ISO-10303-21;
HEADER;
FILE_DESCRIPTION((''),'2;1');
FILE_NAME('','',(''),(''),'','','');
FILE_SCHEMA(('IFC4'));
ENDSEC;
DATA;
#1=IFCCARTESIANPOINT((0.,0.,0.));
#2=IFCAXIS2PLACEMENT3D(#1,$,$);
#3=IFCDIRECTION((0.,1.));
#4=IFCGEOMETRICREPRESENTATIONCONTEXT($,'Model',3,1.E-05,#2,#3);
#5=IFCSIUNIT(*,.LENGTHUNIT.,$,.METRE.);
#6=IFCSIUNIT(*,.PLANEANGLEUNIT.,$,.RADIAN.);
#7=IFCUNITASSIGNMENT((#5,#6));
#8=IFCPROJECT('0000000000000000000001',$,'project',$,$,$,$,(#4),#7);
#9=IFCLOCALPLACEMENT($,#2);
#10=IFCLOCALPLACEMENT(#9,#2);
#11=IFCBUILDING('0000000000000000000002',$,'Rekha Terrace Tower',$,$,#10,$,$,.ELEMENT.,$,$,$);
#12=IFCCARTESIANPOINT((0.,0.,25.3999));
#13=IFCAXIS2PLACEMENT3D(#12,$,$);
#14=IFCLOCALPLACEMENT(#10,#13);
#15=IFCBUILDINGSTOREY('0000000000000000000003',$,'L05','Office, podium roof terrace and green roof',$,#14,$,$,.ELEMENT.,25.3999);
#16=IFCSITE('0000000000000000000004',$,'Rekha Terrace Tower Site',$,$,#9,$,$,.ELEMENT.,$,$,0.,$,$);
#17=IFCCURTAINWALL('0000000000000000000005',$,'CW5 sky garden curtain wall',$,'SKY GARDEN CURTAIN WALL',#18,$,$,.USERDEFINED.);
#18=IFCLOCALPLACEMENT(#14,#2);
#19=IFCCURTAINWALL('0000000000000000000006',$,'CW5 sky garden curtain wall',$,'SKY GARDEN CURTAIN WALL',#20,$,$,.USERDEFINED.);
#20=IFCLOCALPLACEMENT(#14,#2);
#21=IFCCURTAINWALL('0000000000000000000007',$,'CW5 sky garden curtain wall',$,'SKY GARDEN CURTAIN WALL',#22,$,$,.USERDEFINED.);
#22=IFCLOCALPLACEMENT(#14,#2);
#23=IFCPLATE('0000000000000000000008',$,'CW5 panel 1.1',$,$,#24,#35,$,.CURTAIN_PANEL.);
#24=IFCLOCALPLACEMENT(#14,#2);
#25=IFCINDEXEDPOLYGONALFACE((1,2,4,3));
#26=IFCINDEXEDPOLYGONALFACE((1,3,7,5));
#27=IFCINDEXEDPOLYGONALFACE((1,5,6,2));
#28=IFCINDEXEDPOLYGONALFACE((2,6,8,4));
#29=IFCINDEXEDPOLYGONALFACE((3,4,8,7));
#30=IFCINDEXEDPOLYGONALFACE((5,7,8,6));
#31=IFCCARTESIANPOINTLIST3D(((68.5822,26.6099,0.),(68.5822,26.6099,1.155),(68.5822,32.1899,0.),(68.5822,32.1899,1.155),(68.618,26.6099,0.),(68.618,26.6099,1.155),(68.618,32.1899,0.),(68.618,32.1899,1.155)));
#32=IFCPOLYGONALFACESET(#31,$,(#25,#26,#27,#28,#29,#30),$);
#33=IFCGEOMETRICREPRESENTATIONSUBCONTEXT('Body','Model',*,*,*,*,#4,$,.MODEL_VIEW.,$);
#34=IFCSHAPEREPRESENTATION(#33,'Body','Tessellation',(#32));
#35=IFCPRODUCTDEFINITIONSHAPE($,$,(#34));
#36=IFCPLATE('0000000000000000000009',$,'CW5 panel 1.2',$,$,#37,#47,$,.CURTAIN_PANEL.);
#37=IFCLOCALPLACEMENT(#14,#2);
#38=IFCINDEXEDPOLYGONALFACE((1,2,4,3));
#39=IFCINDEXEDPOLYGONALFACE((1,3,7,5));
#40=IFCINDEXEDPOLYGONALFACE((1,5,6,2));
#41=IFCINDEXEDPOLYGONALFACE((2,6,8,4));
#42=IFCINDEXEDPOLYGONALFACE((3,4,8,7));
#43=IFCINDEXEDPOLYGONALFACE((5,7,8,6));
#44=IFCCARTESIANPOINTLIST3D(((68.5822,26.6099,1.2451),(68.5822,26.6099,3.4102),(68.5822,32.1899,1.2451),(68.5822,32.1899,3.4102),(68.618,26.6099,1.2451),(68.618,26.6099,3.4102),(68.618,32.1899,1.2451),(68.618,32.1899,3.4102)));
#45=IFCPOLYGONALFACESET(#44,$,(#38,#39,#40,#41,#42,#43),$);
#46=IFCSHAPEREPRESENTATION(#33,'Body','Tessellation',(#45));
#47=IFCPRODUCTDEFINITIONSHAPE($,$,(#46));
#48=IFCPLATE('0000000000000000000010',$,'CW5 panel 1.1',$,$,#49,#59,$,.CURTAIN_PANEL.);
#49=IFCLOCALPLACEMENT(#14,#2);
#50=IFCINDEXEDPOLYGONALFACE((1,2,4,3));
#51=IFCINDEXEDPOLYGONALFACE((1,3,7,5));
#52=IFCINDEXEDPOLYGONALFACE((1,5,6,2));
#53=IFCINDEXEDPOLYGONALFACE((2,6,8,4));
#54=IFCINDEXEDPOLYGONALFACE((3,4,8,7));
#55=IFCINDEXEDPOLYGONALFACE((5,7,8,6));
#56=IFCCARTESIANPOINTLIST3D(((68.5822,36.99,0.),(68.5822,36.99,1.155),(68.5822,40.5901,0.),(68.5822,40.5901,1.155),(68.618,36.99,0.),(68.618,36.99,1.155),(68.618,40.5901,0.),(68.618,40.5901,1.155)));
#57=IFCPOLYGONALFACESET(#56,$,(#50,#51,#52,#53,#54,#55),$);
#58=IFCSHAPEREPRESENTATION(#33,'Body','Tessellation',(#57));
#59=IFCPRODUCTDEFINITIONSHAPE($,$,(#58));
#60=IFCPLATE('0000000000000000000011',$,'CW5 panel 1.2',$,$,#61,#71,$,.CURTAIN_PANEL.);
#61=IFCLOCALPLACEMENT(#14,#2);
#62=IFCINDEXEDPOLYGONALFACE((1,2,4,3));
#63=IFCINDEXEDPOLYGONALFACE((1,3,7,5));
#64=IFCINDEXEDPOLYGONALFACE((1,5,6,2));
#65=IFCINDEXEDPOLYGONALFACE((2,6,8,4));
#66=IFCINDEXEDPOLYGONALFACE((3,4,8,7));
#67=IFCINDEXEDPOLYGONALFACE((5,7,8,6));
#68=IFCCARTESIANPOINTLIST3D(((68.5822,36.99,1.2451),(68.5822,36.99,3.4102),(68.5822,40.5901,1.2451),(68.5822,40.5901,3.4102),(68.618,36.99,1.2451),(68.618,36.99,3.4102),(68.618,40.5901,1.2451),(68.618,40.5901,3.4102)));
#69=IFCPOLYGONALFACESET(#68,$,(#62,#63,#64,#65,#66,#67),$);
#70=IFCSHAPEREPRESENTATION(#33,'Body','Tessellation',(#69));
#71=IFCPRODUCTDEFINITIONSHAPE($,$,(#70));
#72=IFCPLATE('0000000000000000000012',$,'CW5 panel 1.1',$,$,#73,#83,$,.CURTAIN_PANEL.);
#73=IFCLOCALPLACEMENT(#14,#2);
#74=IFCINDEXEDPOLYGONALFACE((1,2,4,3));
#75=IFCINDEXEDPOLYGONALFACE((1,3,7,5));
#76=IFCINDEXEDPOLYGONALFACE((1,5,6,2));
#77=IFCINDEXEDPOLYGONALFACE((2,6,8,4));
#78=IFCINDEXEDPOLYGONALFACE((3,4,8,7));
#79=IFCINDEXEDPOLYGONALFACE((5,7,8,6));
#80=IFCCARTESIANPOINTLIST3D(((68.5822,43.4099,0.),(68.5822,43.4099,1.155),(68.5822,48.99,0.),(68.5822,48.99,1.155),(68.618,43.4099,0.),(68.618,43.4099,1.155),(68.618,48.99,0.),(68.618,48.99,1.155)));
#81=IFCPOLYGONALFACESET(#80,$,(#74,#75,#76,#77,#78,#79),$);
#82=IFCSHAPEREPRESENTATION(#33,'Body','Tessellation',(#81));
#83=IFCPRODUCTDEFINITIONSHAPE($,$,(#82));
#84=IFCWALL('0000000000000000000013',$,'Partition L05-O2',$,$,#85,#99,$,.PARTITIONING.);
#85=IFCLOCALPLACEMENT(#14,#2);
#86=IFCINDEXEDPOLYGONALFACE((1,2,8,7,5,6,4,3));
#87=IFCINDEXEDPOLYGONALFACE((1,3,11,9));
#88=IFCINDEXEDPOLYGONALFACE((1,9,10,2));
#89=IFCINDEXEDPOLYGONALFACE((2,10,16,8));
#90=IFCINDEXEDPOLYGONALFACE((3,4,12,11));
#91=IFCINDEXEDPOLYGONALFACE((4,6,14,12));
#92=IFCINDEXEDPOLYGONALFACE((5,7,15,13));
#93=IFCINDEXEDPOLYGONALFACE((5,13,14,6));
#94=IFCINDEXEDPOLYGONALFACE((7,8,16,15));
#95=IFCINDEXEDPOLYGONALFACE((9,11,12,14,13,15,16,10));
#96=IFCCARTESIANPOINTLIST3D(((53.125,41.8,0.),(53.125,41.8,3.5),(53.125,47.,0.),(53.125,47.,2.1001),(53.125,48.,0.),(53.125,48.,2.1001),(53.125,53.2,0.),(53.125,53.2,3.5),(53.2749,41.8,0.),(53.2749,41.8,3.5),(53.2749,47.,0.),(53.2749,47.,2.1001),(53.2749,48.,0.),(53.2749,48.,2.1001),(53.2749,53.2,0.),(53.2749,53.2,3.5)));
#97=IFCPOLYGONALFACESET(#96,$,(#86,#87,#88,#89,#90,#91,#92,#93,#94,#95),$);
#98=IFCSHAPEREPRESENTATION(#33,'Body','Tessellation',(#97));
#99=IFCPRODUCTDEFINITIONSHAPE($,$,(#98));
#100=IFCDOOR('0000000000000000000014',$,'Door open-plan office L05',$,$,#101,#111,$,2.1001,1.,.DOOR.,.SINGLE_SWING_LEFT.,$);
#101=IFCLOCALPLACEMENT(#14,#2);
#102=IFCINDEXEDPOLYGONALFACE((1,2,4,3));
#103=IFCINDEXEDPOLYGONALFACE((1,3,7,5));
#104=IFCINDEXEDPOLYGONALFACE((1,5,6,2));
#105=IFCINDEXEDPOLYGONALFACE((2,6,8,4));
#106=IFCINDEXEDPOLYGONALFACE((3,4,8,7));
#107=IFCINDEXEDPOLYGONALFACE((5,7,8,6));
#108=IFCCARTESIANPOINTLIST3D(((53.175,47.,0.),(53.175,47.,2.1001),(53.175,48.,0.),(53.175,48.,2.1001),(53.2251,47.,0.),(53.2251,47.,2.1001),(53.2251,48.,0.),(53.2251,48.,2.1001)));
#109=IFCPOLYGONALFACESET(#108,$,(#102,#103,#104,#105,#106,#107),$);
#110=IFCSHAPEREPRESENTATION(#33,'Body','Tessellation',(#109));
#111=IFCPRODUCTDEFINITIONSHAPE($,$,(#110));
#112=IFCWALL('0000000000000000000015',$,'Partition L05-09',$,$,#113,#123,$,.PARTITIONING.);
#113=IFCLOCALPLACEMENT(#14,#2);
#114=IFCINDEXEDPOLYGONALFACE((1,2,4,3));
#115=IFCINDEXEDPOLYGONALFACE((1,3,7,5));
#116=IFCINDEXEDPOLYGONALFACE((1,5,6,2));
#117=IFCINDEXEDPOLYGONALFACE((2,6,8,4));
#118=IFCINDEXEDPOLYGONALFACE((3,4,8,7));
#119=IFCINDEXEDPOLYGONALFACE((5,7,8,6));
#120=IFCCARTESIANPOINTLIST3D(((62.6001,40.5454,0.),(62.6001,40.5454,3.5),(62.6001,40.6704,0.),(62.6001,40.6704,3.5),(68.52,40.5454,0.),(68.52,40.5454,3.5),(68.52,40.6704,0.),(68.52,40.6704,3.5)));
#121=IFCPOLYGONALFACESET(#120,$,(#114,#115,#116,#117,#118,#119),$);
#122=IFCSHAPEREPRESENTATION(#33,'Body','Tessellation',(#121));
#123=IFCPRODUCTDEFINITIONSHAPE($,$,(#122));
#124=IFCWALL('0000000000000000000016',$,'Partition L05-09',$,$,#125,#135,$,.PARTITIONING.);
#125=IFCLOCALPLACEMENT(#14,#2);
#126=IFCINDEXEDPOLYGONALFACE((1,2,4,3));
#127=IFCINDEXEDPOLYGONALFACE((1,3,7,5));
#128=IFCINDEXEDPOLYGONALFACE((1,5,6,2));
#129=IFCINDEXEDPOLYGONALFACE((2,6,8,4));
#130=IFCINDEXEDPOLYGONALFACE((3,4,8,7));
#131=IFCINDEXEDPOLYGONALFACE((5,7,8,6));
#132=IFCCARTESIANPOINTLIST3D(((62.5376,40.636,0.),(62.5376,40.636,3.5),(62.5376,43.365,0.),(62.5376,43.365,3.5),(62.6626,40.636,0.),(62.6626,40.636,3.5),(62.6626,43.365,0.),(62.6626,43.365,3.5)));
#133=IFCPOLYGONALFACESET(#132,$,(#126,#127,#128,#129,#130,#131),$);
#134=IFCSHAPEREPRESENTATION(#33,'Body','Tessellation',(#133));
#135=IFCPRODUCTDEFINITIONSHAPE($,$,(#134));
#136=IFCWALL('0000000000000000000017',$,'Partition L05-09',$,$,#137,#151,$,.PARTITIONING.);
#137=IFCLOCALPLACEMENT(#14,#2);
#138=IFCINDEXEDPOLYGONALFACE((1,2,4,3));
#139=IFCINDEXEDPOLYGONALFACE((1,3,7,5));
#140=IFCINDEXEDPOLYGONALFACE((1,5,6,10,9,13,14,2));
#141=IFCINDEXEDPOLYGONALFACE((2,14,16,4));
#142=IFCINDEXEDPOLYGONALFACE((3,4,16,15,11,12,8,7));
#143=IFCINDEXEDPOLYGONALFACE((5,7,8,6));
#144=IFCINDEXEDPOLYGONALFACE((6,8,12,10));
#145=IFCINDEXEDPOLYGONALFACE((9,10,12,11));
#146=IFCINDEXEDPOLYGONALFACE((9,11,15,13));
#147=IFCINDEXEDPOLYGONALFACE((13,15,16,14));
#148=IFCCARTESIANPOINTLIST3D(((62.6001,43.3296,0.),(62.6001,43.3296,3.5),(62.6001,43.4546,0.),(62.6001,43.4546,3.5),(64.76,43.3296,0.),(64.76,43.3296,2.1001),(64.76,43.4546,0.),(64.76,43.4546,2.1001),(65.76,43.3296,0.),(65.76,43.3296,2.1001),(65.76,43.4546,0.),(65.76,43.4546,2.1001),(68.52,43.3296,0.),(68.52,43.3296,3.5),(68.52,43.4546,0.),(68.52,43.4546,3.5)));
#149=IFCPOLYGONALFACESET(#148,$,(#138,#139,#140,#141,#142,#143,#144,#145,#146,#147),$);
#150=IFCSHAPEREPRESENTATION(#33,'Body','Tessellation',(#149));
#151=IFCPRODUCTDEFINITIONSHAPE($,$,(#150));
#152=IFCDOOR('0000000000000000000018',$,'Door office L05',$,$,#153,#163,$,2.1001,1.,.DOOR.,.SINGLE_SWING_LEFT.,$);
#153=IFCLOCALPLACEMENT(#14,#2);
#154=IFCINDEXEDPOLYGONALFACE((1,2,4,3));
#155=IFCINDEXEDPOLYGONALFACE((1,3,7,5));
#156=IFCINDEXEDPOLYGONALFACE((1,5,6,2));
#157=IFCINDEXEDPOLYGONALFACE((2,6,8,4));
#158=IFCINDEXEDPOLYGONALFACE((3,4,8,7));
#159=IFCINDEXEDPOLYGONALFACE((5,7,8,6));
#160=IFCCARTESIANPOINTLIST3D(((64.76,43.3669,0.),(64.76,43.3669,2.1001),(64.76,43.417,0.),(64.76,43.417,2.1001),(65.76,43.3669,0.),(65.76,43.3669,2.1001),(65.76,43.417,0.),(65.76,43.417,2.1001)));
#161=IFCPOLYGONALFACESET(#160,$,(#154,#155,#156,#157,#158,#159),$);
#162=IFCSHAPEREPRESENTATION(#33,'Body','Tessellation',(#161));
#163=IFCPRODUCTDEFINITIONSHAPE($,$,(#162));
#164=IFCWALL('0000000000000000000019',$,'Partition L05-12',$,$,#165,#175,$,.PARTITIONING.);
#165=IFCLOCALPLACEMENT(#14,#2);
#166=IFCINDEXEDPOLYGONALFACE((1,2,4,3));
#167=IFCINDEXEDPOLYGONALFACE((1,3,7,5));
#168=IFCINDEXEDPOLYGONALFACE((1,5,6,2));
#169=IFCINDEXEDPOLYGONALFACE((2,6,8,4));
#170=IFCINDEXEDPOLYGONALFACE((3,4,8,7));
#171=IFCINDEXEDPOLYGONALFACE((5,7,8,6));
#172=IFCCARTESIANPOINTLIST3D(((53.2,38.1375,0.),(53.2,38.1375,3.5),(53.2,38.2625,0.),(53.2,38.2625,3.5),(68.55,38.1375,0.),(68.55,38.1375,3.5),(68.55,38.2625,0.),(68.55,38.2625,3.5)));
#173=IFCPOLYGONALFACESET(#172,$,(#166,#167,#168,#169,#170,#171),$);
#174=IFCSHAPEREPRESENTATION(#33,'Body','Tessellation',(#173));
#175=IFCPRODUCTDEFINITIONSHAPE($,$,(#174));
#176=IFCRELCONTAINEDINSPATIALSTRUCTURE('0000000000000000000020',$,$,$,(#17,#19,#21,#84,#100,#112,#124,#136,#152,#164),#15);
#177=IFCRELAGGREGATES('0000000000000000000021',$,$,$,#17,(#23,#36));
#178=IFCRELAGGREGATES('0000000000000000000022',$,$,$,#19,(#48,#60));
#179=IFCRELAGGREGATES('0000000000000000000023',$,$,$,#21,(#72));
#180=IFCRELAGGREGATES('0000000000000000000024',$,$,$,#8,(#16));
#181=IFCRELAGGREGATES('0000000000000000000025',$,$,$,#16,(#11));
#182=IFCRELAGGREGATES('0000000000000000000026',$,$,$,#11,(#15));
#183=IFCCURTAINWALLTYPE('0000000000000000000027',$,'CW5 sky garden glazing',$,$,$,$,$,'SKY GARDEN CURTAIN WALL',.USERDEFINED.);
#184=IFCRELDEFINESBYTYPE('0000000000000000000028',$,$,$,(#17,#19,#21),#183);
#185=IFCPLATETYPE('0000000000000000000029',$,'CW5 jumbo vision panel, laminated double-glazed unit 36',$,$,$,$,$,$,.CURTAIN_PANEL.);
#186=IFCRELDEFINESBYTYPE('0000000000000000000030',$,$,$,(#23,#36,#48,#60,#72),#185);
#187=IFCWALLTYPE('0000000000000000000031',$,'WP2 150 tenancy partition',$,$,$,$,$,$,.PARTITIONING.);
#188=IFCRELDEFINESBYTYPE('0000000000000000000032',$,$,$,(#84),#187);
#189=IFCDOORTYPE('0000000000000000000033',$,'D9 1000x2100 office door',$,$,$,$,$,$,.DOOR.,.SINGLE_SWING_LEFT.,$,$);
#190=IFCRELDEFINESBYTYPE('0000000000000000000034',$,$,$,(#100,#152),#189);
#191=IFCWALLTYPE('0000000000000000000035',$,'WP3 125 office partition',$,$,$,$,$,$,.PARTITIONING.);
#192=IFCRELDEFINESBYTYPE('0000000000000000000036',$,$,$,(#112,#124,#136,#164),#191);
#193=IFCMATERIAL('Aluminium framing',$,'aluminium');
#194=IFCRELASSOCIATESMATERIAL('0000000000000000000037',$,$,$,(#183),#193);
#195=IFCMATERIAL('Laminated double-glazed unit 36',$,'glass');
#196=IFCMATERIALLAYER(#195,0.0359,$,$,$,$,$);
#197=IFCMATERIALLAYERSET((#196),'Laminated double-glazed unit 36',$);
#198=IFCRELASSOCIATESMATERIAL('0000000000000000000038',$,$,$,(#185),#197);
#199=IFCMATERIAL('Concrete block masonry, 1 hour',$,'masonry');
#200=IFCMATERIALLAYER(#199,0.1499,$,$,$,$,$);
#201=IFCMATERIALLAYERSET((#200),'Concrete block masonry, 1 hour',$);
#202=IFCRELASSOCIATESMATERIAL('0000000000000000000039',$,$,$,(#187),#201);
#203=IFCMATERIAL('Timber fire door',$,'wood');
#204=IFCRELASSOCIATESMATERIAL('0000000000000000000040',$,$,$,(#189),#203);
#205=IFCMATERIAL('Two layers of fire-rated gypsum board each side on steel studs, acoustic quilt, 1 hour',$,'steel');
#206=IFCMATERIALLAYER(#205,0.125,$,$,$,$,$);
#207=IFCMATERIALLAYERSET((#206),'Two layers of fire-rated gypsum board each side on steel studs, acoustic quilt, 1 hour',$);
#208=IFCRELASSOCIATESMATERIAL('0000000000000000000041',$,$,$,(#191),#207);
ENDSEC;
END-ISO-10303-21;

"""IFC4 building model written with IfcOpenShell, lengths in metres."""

from ifc_helpers import new_model, si_unit, direction, frame, frame_2d, origin, origin_2d, place, context, subcontext, project, spatial, rectangle, extrude, material, layer, layer_set, type_object, element, fill, aggregate, save


model = new_model("IFC4")

# Units and contexts
model_context = context("Model", 3, precision=1e-05, world=origin(), true_north=direction((0.0, 1.0)))
body_context = subcontext(model_context, "Body", "Model", "MODEL_VIEW")
ifc_project = project(units=[si_unit("LENGTHUNIT", "METRE"), si_unit("PLANEANGLEUNIT", "RADIAN")], contexts=[model_context])

# Site, building, storey
site_placement = place(None, origin())
site = spatial("IfcSite", under=ifc_project, at=site_placement, Name="Rekha Terrace Tower Site", CompositionType="ELEMENT", RefElevation=0.0)
building_placement = place(site_placement, origin())
building = spatial("IfcBuilding", under=site, at=building_placement, Name="Rekha Terrace Tower", CompositionType="ELEMENT")
storey_placement = place(building_placement, frame((0.0, 0.0, 25.3999)))
storey = spatial("IfcBuildingStorey", under=building, at=storey_placement, Name="L05", Description="Office, podium roof terrace and green roof", CompositionType="ELEMENT", Elevation=25.3999)

# Curtain wall
ifc_material_1 = material(Name="Aluminium framing", Category="aluminium")
curtain_wall_type = type_object("IfcCurtainWallType", Name="CW5 sky garden glazing", ElementType="SKY GARDEN CURTAIN WALL", PredefinedType="USERDEFINED", material=ifc_material_1)
curtain_wall_1_placement = place(storey_placement, origin())
curtain_wall_1 = element("IfcCurtainWall", 1, at=curtain_wall_1_placement, inside=storey, type_object=curtain_wall_type, Name="CW5 sky garden curtain wall", ObjectType="SKY GARDEN CURTAIN WALL", PredefinedType="USERDEFINED")

# Curtain wall
curtain_wall_2_placement = place(storey_placement, origin())
curtain_wall_2 = element("IfcCurtainWall", 2, at=curtain_wall_2_placement, inside=storey, type_object=curtain_wall_type, Name="CW5 sky garden curtain wall", ObjectType="SKY GARDEN CURTAIN WALL", PredefinedType="USERDEFINED")

# Curtain wall
curtain_wall_3_placement = place(storey_placement, origin())
curtain_wall_3 = element("IfcCurtainWall", 3, at=curtain_wall_3_placement, inside=storey, type_object=curtain_wall_type, Name="CW5 sky garden curtain wall", ObjectType="SKY GARDEN CURTAIN WALL", PredefinedType="USERDEFINED")

# Plates
ifc_material_2 = material(Name="Laminated double-glazed unit 36", Category="glass")
ifc_layer_1 = layer(ifc_material_2, 0.0359)
ifc_layer_set_1 = layer_set([ifc_layer_1], Name="Laminated double-glazed unit 36")
plate_type = type_object("IfcPlateType", Name="CW5 jumbo vision panel, laminated double-glazed unit 36", PredefinedType="CURTAIN_PANEL", material=ifc_layer_set_1)
plate_1_placement = place(storey_placement, frame((68.6001, 29.3999, 0.0), z_axis=(0.0, 0.0, 1.0), x_axis=(0.0, 1.0, 0.0)))
plate_1 = element("IfcPlate", 4, at=plate_1_placement, type_object=plate_type, Name="CW5 panel 1.1", PredefinedType="CURTAIN_PANEL", context=body_context, shape_type="SweptSolid", body=[
    extrude(rectangle(XDim=5.5801, YDim=0.0359, at=origin_2d()), origin(), (0.0, 0.0, 1.0), 1.155),
])
plate_2_placement = place(storey_placement, frame((68.6001, 29.3999, 1.2451), z_axis=(0.0, 0.0, 1.0), x_axis=(0.0, 1.0, 0.0)))
plate_2 = element("IfcPlate", 5, at=plate_2_placement, type_object=plate_type, Name="CW5 panel 1.2", PredefinedType="CURTAIN_PANEL", context=body_context, shape_type="SweptSolid", body=[
    extrude(rectangle(XDim=5.5801, YDim=0.0359, at=origin_2d()), origin(), (0.0, 0.0, 1.0), 2.165),
])
aggregate(curtain_wall_1, [plate_1, plate_2])
plate_3_placement = place(storey_placement, frame((68.6001, 38.79, 0.0), z_axis=(0.0, 0.0, 1.0), x_axis=(0.0, 1.0, 0.0)))
plate_3 = element("IfcPlate", 6, at=plate_3_placement, type_object=plate_type, Name="CW5 panel 1.1", PredefinedType="CURTAIN_PANEL", context=body_context, shape_type="SweptSolid", body=[
    extrude(rectangle(XDim=3.6001, YDim=0.0359, at=origin_2d()), origin(), (0.0, 0.0, 1.0), 1.155),
])
plate_4_placement = place(storey_placement, frame((68.6001, 38.79, 1.2451), z_axis=(0.0, 0.0, 1.0), x_axis=(0.0, 1.0, 0.0)))
plate_4 = element("IfcPlate", 7, at=plate_4_placement, type_object=plate_type, Name="CW5 panel 1.2", PredefinedType="CURTAIN_PANEL", context=body_context, shape_type="SweptSolid", body=[
    extrude(rectangle(XDim=3.6001, YDim=0.0359, at=origin_2d()), origin(), (0.0, 0.0, 1.0), 2.165),
])
aggregate(curtain_wall_2, [plate_3, plate_4])
plate_5_placement = place(storey_placement, frame((68.6001, 46.2, 0.0), z_axis=(0.0, 0.0, 1.0), x_axis=(0.0, 1.0, 0.0)))
plate_5 = element("IfcPlate", 8, at=plate_5_placement, type_object=plate_type, Name="CW5 panel 1.1", PredefinedType="CURTAIN_PANEL", context=body_context, shape_type="SweptSolid", body=[
    extrude(rectangle(XDim=5.5801, YDim=0.0359, at=origin_2d()), origin(), (0.0, 0.0, 1.0), 1.155),
])
aggregate(curtain_wall_3, [plate_5])

# Wall, opening, door
ifc_material_3 = material(Name="Concrete block masonry, 1 hour", Category="masonry")
ifc_layer_2 = layer(ifc_material_3, 0.1499)
ifc_layer_set_2 = layer_set([ifc_layer_2], Name="Concrete block masonry, 1 hour")
wall_type_1 = type_object("IfcWallType", Name="WP2 150 tenancy partition", PredefinedType="PARTITIONING", material=ifc_layer_set_2)
wall_1_placement = place(storey_placement, frame((53.2, 41.8, 0.0), z_axis=(0.0, 0.0, 1.0), x_axis=(0.0, 1.0, 0.0)))
wall_1 = element("IfcWall", 9, at=wall_1_placement, inside=storey, type_object=wall_type_1, Name="Partition L05-O2", PredefinedType="PARTITIONING", context=body_context, shape_type="SweptSolid", body=[
    extrude(rectangle(XDim=11.3999, YDim=0.1499, at=frame_2d((5.7, 0.0))), origin(), (0.0, 0.0, 1.0), 3.5),
])
opening_1_placement = place(wall_1_placement, frame((5.2, 0.0, 0.0)))
opening_1 = element("IfcOpeningElement", 10, at=opening_1_placement, cuts=wall_1, PredefinedType="OPENING", context=body_context, shape_type="SweptSolid", body=[
    extrude(rectangle(XDim=1.0, YDim=2.1001, at=frame_2d((0.5, 1.05))), frame((0.0, 0.085, 0.0), z_axis=(0.0, -1.0, 0.0), x_axis=(1.0, 0.0, 0.0)), (0.0, 0.0, 1.0), 0.1699),
])
ifc_material_4 = material(Name="Timber fire door", Category="wood")
door_type_1 = type_object("IfcDoorType", Name="D9 1000x2100 office door", OperationType="SINGLE_SWING_LEFT", PredefinedType="DOOR", material=ifc_material_4)
door_1_placement = place(opening_1_placement, origin())
door_1 = element("IfcDoor", 11, at=door_1_placement, inside=storey, type_object=door_type_1, Name="Door open-plan office L05", OperationType="SINGLE_SWING_LEFT", OverallHeight=2.1001, OverallWidth=1.0, PredefinedType="DOOR", context=body_context, shape_type="SweptSolid", body=[
    extrude(rectangle(XDim=1.0, YDim=2.1001, at=frame_2d((0.5, 1.05))), frame((0.0, 0.0249, 0.0), z_axis=(0.0, -1.0, 0.0), x_axis=(1.0, 0.0, 0.0)), (0.0, 0.0, 1.0), 0.05),
])
fill(opening_1, door_1)

# Walls
ifc_material_5 = material(Name="Two layers of fire-rated gypsum board each side on steel studs, acoustic quilt, 1 hour", Category="steel")
ifc_layer_3 = layer(ifc_material_5, 0.125)
ifc_layer_set_3 = layer_set([ifc_layer_3], Name="Two layers of fire-rated gypsum board each side on steel studs, acoustic quilt, 1 hour")
wall_type_2 = type_object("IfcWallType", Name="WP3 125 office partition", PredefinedType="PARTITIONING", material=ifc_layer_set_3)
wall_2_placement = place(storey_placement, frame((68.52, 40.6079, 0.0), z_axis=(0.0, 0.0, 1.0), x_axis=(-1.0, 0.0, 0.0)))
element("IfcWall", 12, at=wall_2_placement, inside=storey, type_object=wall_type_2, Name="Partition L05-09", PredefinedType="PARTITIONING", context=body_context, shape_type="SweptSolid", body=[
    extrude(rectangle(XDim=5.9199, YDim=0.125, at=frame_2d((2.96, 0.0))), origin(), (0.0, 0.0, 1.0), 3.5),
])
wall_3_placement = place(storey_placement, frame((62.6001, 40.636, 0.0), z_axis=(0.0, 0.0, 1.0), x_axis=(0.0, 1.0, 0.0)))
element("IfcWall", 13, at=wall_3_placement, inside=storey, type_object=wall_type_2, Name="Partition L05-09", PredefinedType="PARTITIONING", context=body_context, shape_type="SweptSolid", body=[
    extrude(rectangle(XDim=2.729, YDim=0.125, at=frame_2d((1.3645, 0.0))), origin(), (0.0, 0.0, 1.0), 3.5),
])

# Wall, opening, door
wall_4_placement = place(storey_placement, frame((62.6001, 43.3921, 0.0), z_axis=(0.0, 0.0, 1.0), x_axis=(1.0, 0.0, 0.0)))
wall_4 = element("IfcWall", 14, at=wall_4_placement, inside=storey, type_object=wall_type_2, Name="Partition L05-09", PredefinedType="PARTITIONING", context=body_context, shape_type="SweptSolid", body=[
    extrude(rectangle(XDim=5.9199, YDim=0.125, at=frame_2d((2.96, 0.0))), origin(), (0.0, 0.0, 1.0), 3.5),
])
opening_2_placement = place(wall_4_placement, frame((2.1599, 0.0, 0.0)))
opening_2 = element("IfcOpeningElement", 15, at=opening_2_placement, cuts=wall_4, PredefinedType="OPENING", context=body_context, shape_type="SweptSolid", body=[
    extrude(rectangle(XDim=1.0, YDim=2.1001, at=frame_2d((0.5, 1.05))), frame((0.0, 0.0725, 0.0), z_axis=(0.0, -1.0, 0.0), x_axis=(1.0, 0.0, 0.0)), (0.0, 0.0, 1.0), 0.145),
])
door_2_placement = place(opening_2_placement, origin())
door_2 = element("IfcDoor", 16, at=door_2_placement, inside=storey, type_object=door_type_1, Name="Door office L05", OperationType="SINGLE_SWING_LEFT", OverallHeight=2.1001, OverallWidth=1.0, PredefinedType="DOOR", context=body_context, shape_type="SweptSolid", body=[
    extrude(rectangle(XDim=1.0, YDim=2.1001, at=frame_2d((0.5, 1.05))), frame((0.0, 0.0249, 0.0), z_axis=(0.0, -1.0, 0.0), x_axis=(1.0, 0.0, 0.0)), (0.0, 0.0, 1.0), 0.05),
])
fill(opening_2, door_2)

# Wall
wall_5_placement = place(storey_placement, frame((53.2, 38.2, 0.0), z_axis=(0.0, 0.0, 1.0), x_axis=(1.0, 0.0, 0.0)))
element("IfcWall", 17, at=wall_5_placement, inside=storey, type_object=wall_type_2, Name="Partition L05-12", PredefinedType="PARTITIONING", context=body_context, shape_type="SweptSolid", body=[
    extrude(rectangle(XDim=15.3501, YDim=0.125, at=frame_2d((7.675, 0.0))), origin(), (0.0, 0.0, 1.0), 3.5),
])

save(model, "model.ifc")
